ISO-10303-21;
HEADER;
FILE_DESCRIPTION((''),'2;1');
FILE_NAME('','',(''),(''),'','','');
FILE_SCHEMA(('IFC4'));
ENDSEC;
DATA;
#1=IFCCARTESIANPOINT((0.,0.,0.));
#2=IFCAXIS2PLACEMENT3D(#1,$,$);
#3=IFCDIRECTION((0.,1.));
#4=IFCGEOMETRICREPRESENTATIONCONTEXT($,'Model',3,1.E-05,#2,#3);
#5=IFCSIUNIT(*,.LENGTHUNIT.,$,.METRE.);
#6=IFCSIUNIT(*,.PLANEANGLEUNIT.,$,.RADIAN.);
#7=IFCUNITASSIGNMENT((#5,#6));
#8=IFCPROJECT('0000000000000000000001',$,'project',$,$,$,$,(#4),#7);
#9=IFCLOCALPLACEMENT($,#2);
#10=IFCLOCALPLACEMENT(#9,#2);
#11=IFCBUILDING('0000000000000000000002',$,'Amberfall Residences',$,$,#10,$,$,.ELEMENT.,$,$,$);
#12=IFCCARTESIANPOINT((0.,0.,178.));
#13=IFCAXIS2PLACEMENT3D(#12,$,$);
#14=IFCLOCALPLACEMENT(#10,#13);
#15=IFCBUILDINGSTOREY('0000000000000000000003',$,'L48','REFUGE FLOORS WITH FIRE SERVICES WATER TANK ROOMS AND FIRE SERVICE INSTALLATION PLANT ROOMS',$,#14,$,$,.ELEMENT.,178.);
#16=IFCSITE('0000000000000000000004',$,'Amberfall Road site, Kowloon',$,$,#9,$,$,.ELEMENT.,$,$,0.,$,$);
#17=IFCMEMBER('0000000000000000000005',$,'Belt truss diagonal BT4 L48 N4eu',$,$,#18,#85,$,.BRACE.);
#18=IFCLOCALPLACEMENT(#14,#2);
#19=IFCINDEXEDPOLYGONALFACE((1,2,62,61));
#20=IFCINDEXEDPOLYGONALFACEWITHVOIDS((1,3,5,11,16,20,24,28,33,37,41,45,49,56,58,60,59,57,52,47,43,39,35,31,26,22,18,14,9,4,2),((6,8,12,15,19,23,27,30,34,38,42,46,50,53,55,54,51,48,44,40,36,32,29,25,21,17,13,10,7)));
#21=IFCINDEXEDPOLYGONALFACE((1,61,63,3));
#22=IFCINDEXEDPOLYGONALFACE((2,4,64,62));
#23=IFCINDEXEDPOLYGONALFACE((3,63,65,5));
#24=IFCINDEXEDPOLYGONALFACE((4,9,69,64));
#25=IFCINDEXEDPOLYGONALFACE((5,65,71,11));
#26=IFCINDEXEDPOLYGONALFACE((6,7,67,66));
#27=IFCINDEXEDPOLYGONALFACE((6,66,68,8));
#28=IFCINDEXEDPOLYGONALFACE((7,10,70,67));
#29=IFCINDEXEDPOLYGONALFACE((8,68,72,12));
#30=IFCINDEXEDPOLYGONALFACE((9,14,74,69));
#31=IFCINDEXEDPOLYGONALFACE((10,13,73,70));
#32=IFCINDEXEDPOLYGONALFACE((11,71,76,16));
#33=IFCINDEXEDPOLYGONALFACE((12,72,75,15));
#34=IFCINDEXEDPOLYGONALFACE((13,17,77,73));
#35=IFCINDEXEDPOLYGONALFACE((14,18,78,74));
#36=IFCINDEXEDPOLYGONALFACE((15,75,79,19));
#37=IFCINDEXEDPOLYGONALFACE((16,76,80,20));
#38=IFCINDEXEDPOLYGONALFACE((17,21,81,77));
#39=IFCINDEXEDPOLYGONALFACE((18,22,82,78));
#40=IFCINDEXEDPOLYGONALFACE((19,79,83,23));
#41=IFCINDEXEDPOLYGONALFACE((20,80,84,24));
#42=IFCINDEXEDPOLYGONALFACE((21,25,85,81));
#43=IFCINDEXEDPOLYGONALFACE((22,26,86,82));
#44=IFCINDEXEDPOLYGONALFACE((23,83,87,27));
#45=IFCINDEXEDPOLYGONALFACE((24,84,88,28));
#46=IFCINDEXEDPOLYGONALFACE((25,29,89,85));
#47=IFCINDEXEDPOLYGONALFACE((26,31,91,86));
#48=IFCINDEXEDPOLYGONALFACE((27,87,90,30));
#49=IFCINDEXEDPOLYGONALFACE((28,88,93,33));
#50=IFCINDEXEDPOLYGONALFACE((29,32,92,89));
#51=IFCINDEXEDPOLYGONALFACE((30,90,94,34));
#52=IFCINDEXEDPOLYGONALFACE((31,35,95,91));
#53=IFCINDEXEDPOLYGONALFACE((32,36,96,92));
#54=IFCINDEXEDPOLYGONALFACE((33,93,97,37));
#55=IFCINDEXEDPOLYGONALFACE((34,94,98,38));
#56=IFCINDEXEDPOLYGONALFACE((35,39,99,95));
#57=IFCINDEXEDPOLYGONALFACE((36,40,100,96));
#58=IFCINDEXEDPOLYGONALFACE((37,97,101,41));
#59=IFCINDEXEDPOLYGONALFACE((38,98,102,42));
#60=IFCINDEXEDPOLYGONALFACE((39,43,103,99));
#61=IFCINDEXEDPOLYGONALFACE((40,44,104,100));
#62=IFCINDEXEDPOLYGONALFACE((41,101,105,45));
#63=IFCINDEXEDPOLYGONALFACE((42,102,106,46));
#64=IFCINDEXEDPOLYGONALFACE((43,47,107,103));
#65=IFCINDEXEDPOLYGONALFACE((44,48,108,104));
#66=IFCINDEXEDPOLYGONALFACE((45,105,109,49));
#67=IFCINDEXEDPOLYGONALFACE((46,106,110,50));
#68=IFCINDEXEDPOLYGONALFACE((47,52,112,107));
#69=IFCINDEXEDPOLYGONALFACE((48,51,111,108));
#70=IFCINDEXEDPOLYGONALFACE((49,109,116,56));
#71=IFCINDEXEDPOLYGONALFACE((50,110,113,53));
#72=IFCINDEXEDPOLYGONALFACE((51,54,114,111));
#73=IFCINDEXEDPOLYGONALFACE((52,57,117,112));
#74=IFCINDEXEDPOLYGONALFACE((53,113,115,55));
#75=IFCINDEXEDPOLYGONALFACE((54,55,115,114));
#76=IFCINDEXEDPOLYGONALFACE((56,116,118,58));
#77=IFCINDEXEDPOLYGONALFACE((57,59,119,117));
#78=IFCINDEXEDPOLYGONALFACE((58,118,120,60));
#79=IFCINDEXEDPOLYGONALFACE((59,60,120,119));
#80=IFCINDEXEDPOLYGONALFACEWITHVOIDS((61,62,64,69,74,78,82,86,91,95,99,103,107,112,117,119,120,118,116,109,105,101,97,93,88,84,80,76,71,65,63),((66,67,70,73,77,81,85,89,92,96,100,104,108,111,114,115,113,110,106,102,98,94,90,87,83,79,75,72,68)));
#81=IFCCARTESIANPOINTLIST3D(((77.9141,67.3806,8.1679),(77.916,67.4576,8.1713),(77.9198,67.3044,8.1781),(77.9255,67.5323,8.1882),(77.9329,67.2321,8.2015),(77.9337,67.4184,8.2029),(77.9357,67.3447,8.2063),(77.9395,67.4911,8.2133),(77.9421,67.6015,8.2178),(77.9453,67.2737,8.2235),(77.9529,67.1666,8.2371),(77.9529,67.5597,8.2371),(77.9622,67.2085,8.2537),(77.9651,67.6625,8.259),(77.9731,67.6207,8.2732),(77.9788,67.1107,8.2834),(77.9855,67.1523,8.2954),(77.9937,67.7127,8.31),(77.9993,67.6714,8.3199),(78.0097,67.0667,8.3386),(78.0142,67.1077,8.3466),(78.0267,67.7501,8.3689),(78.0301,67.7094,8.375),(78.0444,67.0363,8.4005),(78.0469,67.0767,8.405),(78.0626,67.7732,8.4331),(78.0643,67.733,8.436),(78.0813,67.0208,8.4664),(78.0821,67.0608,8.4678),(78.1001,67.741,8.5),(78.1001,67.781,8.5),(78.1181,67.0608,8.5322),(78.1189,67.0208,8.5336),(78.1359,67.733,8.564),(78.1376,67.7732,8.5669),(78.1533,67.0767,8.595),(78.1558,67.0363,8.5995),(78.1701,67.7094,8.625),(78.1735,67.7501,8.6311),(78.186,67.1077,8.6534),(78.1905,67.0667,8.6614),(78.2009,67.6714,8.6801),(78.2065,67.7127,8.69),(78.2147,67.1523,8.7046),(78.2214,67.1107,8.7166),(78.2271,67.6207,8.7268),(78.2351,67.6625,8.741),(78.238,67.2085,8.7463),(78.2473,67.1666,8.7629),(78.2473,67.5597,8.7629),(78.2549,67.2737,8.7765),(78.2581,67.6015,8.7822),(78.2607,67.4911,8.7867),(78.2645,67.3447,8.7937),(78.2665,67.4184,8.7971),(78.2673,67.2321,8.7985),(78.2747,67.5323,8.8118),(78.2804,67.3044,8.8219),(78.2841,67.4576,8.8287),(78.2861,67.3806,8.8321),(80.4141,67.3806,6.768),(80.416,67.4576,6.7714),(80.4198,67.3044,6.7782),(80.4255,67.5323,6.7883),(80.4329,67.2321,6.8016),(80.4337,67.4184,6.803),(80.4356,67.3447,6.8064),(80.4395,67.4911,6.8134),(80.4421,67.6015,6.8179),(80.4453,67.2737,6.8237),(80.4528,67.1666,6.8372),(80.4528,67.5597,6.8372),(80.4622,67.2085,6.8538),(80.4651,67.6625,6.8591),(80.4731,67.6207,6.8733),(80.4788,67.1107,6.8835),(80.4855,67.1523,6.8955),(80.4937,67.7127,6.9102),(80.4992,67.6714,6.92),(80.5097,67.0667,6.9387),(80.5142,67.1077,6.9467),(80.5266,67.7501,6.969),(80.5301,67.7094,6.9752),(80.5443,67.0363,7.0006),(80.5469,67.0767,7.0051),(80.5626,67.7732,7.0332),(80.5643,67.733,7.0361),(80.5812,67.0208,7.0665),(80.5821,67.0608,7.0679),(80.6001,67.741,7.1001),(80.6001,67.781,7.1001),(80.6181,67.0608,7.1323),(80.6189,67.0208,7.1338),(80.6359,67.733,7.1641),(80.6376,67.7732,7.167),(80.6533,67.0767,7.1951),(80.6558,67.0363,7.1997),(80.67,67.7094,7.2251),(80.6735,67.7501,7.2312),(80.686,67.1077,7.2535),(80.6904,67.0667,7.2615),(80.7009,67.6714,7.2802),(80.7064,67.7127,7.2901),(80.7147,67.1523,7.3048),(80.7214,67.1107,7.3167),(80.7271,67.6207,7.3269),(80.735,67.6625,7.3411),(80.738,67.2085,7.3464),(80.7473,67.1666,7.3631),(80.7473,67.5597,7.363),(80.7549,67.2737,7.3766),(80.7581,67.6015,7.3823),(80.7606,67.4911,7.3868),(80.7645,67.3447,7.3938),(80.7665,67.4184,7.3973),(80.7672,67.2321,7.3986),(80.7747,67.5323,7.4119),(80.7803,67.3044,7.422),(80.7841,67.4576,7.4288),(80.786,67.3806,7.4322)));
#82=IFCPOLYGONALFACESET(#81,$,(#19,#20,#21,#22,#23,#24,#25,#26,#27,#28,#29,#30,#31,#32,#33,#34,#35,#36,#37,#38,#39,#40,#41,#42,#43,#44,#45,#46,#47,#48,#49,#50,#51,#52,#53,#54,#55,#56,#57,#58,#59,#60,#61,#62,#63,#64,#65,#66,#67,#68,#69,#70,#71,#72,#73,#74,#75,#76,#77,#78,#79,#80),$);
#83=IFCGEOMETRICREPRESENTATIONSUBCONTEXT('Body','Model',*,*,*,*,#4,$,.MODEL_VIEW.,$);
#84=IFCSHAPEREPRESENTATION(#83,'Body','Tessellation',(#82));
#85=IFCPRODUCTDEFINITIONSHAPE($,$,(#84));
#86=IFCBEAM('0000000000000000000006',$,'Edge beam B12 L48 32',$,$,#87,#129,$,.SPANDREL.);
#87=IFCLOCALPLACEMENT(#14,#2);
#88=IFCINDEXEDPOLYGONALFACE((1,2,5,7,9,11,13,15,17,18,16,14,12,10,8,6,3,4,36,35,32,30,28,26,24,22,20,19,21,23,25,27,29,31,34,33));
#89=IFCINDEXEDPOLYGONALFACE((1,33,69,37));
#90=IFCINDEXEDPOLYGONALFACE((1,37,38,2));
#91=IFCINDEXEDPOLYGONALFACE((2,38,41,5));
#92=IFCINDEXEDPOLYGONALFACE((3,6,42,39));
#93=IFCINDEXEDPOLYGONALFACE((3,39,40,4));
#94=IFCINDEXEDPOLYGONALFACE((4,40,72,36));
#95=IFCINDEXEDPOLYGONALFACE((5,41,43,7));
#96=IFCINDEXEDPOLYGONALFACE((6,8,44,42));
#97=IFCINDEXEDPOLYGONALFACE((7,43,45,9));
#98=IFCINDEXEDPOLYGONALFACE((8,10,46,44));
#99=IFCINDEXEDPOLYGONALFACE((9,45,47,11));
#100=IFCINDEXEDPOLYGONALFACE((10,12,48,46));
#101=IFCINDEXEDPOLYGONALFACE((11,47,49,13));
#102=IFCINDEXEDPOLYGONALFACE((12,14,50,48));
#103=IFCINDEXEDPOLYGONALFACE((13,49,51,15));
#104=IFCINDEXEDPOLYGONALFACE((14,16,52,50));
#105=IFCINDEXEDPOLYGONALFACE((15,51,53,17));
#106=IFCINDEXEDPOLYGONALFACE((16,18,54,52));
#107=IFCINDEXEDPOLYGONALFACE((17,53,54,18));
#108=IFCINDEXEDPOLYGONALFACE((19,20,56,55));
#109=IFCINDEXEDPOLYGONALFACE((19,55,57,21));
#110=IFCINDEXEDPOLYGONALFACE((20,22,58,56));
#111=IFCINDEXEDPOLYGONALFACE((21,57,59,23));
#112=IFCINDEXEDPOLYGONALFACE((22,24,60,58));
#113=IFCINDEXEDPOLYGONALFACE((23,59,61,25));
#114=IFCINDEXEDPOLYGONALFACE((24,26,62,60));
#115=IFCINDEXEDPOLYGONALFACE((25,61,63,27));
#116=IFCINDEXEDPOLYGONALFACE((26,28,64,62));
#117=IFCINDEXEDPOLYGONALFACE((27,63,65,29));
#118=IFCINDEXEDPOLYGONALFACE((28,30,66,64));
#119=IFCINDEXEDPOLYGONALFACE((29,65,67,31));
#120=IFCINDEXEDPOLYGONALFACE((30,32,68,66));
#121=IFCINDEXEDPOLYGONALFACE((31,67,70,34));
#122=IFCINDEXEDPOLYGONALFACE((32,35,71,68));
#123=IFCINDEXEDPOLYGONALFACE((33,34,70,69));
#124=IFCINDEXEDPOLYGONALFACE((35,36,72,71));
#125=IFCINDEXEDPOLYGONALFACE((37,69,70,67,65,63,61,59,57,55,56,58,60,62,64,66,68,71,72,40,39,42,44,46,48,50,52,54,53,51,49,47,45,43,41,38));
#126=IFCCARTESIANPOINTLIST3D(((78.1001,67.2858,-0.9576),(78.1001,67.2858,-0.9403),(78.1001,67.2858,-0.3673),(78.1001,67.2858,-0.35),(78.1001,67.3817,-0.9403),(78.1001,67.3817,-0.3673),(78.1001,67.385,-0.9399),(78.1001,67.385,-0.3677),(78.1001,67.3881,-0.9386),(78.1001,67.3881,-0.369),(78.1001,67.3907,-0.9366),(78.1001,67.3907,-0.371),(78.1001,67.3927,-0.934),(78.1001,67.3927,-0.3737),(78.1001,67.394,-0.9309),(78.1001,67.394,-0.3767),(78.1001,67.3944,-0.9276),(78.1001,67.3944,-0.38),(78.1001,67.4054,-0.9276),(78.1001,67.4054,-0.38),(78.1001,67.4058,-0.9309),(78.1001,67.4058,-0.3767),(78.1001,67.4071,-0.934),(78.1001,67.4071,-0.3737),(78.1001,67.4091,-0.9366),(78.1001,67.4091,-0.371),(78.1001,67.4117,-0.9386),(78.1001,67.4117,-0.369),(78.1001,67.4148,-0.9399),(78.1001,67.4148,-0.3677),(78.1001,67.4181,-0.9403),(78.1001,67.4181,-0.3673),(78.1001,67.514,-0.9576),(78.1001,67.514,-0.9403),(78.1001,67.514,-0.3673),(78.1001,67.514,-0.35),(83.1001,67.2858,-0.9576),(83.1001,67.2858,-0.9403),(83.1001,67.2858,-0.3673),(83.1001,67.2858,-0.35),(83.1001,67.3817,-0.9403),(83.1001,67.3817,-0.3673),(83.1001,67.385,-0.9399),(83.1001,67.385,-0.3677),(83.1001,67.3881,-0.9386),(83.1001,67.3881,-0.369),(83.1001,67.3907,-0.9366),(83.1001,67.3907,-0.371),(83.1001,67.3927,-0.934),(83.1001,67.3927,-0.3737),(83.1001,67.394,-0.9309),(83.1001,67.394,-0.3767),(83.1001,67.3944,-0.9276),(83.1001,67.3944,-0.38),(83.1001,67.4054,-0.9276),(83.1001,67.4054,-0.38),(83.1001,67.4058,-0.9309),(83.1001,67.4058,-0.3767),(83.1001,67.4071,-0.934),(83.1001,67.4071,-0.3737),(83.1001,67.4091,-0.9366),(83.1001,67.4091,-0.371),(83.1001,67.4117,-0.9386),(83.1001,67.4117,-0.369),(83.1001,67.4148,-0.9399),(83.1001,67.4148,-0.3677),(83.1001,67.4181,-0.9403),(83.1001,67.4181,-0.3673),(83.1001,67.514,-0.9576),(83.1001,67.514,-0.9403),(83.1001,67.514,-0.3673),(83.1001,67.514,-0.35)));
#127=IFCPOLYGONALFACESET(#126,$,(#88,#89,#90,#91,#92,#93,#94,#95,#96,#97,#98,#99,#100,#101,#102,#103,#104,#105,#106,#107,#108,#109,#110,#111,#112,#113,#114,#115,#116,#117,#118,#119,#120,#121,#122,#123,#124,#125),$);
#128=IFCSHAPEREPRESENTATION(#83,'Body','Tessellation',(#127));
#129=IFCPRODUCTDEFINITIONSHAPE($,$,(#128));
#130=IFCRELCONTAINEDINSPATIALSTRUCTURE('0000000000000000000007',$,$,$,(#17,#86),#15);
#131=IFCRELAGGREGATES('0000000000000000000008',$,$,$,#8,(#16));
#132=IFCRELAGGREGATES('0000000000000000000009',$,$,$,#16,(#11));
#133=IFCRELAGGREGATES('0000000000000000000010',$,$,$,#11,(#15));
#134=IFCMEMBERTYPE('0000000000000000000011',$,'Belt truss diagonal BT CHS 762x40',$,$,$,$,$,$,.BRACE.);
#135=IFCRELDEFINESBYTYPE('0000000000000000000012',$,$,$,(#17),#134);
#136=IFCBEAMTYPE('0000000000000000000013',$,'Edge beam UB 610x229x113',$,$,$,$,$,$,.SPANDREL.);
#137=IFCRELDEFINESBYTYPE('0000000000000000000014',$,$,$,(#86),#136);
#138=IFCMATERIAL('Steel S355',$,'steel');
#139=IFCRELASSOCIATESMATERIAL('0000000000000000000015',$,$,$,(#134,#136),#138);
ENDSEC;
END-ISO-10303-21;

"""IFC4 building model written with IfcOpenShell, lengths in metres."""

from ifc_helpers import new_model, si_unit, direction, frame, origin, origin_2d, place, context, subcontext, project, spatial, hollow_circle, i_section, extrude, material, material_profile, profile_set, type_object, element, save


model = new_model("IFC4")

# Units and contexts
model_context = context("Model", 3, precision=1e-05, world=origin(), true_north=direction((0.0, 1.0)))
body_context = subcontext(model_context, "Body", "Model", "MODEL_VIEW")
ifc_project = project(units=[si_unit("LENGTHUNIT", "METRE"), si_unit("PLANEANGLEUNIT", "RADIAN")], contexts=[model_context])

# Site, building, storey
site_placement = place(None, origin())
site = spatial("IfcSite", under=ifc_project, at=site_placement, Name="Amberfall Road site, Kowloon", CompositionType="ELEMENT", RefElevation=0.0)
building_placement = place(site_placement, origin())
building = spatial("IfcBuilding", under=site, at=building_placement, Name="Amberfall Residences", CompositionType="ELEMENT")
storey_placement = place(building_placement, frame((0.0, 0.0, 178.0)))
storey = spatial("IfcBuildingStorey", under=building, at=storey_placement, Name="L48", Description="REFUGE FLOORS WITH FIRE SERVICES WATER TANK ROOMS AND FIRE SERVICE INSTALLATION PLANT ROOMS", CompositionType="ELEMENT", Elevation=178.0)

# Shared definitions
ifc_material_1 = material(Name="Steel S355", Category="steel")

# Member
ifc_material_profile_1 = material_profile(ifc_material_1, hollow_circle(Radius=0.3811, WallThickness=0.04, at=origin_2d()), Name="CHS 762x40")
ifc_profile_set_1 = profile_set([ifc_material_profile_1], Name="Steel S355")
member_type = type_object("IfcMemberType", Name="Belt truss diagonal BT CHS 762x40", PredefinedType="BRACE", material=ifc_profile_set_1)
member_1_placement = place(storey_placement, frame((78.1001, 67.3999, 8.5), z_axis=(0.872521, 0.0, -0.488577), x_axis=(0.0, 1.0, 0.0)))
element("IfcMember", 1, at=member_1_placement, inside=storey, type_object=member_type, Name="Belt truss diagonal BT4 L48 N4eu", PredefinedType="BRACE", context=body_context, shape_type="SweptSolid", body=[
    extrude(hollow_circle(Radius=0.3811, WallThickness=0.04, at=origin_2d()), origin(), (0.0, 0.0, 1.0), 2.8652),
])

# Beam
ifc_material_profile_2 = material_profile(ifc_material_1, i_section(OverallWidth=0.2283, OverallDepth=0.6077, WebThickness=0.011, FlangeThickness=0.0173, FilletRadius=0.0127, at=origin_2d()), Name="UB 610x229x113")
ifc_profile_set_2 = profile_set([ifc_material_profile_2], Name="Steel S355")
beam_type_1 = type_object("IfcBeamType", Name="Edge beam UB 610x229x113", PredefinedType="SPANDREL", material=ifc_profile_set_2)
beam_placement = place(storey_placement, frame((78.1001, 67.3999, -0.6538), z_axis=(1.0, 0.0, 0.0), x_axis=(0.0, 1.0, 0.0)))
element("IfcBeam", 2, at=beam_placement, inside=storey, type_object=beam_type_1, Name="Edge beam B12 L48 32", PredefinedType="SPANDREL", context=body_context, shape_type="SweptSolid", body=[
    extrude(i_section(OverallWidth=0.2283, OverallDepth=0.6077, WebThickness=0.011, FlangeThickness=0.0173, FilletRadius=0.0127, at=origin_2d()), origin(), (0.0, 0.0, 1.0), 5.0),
])

save(model, "model.ifc")
